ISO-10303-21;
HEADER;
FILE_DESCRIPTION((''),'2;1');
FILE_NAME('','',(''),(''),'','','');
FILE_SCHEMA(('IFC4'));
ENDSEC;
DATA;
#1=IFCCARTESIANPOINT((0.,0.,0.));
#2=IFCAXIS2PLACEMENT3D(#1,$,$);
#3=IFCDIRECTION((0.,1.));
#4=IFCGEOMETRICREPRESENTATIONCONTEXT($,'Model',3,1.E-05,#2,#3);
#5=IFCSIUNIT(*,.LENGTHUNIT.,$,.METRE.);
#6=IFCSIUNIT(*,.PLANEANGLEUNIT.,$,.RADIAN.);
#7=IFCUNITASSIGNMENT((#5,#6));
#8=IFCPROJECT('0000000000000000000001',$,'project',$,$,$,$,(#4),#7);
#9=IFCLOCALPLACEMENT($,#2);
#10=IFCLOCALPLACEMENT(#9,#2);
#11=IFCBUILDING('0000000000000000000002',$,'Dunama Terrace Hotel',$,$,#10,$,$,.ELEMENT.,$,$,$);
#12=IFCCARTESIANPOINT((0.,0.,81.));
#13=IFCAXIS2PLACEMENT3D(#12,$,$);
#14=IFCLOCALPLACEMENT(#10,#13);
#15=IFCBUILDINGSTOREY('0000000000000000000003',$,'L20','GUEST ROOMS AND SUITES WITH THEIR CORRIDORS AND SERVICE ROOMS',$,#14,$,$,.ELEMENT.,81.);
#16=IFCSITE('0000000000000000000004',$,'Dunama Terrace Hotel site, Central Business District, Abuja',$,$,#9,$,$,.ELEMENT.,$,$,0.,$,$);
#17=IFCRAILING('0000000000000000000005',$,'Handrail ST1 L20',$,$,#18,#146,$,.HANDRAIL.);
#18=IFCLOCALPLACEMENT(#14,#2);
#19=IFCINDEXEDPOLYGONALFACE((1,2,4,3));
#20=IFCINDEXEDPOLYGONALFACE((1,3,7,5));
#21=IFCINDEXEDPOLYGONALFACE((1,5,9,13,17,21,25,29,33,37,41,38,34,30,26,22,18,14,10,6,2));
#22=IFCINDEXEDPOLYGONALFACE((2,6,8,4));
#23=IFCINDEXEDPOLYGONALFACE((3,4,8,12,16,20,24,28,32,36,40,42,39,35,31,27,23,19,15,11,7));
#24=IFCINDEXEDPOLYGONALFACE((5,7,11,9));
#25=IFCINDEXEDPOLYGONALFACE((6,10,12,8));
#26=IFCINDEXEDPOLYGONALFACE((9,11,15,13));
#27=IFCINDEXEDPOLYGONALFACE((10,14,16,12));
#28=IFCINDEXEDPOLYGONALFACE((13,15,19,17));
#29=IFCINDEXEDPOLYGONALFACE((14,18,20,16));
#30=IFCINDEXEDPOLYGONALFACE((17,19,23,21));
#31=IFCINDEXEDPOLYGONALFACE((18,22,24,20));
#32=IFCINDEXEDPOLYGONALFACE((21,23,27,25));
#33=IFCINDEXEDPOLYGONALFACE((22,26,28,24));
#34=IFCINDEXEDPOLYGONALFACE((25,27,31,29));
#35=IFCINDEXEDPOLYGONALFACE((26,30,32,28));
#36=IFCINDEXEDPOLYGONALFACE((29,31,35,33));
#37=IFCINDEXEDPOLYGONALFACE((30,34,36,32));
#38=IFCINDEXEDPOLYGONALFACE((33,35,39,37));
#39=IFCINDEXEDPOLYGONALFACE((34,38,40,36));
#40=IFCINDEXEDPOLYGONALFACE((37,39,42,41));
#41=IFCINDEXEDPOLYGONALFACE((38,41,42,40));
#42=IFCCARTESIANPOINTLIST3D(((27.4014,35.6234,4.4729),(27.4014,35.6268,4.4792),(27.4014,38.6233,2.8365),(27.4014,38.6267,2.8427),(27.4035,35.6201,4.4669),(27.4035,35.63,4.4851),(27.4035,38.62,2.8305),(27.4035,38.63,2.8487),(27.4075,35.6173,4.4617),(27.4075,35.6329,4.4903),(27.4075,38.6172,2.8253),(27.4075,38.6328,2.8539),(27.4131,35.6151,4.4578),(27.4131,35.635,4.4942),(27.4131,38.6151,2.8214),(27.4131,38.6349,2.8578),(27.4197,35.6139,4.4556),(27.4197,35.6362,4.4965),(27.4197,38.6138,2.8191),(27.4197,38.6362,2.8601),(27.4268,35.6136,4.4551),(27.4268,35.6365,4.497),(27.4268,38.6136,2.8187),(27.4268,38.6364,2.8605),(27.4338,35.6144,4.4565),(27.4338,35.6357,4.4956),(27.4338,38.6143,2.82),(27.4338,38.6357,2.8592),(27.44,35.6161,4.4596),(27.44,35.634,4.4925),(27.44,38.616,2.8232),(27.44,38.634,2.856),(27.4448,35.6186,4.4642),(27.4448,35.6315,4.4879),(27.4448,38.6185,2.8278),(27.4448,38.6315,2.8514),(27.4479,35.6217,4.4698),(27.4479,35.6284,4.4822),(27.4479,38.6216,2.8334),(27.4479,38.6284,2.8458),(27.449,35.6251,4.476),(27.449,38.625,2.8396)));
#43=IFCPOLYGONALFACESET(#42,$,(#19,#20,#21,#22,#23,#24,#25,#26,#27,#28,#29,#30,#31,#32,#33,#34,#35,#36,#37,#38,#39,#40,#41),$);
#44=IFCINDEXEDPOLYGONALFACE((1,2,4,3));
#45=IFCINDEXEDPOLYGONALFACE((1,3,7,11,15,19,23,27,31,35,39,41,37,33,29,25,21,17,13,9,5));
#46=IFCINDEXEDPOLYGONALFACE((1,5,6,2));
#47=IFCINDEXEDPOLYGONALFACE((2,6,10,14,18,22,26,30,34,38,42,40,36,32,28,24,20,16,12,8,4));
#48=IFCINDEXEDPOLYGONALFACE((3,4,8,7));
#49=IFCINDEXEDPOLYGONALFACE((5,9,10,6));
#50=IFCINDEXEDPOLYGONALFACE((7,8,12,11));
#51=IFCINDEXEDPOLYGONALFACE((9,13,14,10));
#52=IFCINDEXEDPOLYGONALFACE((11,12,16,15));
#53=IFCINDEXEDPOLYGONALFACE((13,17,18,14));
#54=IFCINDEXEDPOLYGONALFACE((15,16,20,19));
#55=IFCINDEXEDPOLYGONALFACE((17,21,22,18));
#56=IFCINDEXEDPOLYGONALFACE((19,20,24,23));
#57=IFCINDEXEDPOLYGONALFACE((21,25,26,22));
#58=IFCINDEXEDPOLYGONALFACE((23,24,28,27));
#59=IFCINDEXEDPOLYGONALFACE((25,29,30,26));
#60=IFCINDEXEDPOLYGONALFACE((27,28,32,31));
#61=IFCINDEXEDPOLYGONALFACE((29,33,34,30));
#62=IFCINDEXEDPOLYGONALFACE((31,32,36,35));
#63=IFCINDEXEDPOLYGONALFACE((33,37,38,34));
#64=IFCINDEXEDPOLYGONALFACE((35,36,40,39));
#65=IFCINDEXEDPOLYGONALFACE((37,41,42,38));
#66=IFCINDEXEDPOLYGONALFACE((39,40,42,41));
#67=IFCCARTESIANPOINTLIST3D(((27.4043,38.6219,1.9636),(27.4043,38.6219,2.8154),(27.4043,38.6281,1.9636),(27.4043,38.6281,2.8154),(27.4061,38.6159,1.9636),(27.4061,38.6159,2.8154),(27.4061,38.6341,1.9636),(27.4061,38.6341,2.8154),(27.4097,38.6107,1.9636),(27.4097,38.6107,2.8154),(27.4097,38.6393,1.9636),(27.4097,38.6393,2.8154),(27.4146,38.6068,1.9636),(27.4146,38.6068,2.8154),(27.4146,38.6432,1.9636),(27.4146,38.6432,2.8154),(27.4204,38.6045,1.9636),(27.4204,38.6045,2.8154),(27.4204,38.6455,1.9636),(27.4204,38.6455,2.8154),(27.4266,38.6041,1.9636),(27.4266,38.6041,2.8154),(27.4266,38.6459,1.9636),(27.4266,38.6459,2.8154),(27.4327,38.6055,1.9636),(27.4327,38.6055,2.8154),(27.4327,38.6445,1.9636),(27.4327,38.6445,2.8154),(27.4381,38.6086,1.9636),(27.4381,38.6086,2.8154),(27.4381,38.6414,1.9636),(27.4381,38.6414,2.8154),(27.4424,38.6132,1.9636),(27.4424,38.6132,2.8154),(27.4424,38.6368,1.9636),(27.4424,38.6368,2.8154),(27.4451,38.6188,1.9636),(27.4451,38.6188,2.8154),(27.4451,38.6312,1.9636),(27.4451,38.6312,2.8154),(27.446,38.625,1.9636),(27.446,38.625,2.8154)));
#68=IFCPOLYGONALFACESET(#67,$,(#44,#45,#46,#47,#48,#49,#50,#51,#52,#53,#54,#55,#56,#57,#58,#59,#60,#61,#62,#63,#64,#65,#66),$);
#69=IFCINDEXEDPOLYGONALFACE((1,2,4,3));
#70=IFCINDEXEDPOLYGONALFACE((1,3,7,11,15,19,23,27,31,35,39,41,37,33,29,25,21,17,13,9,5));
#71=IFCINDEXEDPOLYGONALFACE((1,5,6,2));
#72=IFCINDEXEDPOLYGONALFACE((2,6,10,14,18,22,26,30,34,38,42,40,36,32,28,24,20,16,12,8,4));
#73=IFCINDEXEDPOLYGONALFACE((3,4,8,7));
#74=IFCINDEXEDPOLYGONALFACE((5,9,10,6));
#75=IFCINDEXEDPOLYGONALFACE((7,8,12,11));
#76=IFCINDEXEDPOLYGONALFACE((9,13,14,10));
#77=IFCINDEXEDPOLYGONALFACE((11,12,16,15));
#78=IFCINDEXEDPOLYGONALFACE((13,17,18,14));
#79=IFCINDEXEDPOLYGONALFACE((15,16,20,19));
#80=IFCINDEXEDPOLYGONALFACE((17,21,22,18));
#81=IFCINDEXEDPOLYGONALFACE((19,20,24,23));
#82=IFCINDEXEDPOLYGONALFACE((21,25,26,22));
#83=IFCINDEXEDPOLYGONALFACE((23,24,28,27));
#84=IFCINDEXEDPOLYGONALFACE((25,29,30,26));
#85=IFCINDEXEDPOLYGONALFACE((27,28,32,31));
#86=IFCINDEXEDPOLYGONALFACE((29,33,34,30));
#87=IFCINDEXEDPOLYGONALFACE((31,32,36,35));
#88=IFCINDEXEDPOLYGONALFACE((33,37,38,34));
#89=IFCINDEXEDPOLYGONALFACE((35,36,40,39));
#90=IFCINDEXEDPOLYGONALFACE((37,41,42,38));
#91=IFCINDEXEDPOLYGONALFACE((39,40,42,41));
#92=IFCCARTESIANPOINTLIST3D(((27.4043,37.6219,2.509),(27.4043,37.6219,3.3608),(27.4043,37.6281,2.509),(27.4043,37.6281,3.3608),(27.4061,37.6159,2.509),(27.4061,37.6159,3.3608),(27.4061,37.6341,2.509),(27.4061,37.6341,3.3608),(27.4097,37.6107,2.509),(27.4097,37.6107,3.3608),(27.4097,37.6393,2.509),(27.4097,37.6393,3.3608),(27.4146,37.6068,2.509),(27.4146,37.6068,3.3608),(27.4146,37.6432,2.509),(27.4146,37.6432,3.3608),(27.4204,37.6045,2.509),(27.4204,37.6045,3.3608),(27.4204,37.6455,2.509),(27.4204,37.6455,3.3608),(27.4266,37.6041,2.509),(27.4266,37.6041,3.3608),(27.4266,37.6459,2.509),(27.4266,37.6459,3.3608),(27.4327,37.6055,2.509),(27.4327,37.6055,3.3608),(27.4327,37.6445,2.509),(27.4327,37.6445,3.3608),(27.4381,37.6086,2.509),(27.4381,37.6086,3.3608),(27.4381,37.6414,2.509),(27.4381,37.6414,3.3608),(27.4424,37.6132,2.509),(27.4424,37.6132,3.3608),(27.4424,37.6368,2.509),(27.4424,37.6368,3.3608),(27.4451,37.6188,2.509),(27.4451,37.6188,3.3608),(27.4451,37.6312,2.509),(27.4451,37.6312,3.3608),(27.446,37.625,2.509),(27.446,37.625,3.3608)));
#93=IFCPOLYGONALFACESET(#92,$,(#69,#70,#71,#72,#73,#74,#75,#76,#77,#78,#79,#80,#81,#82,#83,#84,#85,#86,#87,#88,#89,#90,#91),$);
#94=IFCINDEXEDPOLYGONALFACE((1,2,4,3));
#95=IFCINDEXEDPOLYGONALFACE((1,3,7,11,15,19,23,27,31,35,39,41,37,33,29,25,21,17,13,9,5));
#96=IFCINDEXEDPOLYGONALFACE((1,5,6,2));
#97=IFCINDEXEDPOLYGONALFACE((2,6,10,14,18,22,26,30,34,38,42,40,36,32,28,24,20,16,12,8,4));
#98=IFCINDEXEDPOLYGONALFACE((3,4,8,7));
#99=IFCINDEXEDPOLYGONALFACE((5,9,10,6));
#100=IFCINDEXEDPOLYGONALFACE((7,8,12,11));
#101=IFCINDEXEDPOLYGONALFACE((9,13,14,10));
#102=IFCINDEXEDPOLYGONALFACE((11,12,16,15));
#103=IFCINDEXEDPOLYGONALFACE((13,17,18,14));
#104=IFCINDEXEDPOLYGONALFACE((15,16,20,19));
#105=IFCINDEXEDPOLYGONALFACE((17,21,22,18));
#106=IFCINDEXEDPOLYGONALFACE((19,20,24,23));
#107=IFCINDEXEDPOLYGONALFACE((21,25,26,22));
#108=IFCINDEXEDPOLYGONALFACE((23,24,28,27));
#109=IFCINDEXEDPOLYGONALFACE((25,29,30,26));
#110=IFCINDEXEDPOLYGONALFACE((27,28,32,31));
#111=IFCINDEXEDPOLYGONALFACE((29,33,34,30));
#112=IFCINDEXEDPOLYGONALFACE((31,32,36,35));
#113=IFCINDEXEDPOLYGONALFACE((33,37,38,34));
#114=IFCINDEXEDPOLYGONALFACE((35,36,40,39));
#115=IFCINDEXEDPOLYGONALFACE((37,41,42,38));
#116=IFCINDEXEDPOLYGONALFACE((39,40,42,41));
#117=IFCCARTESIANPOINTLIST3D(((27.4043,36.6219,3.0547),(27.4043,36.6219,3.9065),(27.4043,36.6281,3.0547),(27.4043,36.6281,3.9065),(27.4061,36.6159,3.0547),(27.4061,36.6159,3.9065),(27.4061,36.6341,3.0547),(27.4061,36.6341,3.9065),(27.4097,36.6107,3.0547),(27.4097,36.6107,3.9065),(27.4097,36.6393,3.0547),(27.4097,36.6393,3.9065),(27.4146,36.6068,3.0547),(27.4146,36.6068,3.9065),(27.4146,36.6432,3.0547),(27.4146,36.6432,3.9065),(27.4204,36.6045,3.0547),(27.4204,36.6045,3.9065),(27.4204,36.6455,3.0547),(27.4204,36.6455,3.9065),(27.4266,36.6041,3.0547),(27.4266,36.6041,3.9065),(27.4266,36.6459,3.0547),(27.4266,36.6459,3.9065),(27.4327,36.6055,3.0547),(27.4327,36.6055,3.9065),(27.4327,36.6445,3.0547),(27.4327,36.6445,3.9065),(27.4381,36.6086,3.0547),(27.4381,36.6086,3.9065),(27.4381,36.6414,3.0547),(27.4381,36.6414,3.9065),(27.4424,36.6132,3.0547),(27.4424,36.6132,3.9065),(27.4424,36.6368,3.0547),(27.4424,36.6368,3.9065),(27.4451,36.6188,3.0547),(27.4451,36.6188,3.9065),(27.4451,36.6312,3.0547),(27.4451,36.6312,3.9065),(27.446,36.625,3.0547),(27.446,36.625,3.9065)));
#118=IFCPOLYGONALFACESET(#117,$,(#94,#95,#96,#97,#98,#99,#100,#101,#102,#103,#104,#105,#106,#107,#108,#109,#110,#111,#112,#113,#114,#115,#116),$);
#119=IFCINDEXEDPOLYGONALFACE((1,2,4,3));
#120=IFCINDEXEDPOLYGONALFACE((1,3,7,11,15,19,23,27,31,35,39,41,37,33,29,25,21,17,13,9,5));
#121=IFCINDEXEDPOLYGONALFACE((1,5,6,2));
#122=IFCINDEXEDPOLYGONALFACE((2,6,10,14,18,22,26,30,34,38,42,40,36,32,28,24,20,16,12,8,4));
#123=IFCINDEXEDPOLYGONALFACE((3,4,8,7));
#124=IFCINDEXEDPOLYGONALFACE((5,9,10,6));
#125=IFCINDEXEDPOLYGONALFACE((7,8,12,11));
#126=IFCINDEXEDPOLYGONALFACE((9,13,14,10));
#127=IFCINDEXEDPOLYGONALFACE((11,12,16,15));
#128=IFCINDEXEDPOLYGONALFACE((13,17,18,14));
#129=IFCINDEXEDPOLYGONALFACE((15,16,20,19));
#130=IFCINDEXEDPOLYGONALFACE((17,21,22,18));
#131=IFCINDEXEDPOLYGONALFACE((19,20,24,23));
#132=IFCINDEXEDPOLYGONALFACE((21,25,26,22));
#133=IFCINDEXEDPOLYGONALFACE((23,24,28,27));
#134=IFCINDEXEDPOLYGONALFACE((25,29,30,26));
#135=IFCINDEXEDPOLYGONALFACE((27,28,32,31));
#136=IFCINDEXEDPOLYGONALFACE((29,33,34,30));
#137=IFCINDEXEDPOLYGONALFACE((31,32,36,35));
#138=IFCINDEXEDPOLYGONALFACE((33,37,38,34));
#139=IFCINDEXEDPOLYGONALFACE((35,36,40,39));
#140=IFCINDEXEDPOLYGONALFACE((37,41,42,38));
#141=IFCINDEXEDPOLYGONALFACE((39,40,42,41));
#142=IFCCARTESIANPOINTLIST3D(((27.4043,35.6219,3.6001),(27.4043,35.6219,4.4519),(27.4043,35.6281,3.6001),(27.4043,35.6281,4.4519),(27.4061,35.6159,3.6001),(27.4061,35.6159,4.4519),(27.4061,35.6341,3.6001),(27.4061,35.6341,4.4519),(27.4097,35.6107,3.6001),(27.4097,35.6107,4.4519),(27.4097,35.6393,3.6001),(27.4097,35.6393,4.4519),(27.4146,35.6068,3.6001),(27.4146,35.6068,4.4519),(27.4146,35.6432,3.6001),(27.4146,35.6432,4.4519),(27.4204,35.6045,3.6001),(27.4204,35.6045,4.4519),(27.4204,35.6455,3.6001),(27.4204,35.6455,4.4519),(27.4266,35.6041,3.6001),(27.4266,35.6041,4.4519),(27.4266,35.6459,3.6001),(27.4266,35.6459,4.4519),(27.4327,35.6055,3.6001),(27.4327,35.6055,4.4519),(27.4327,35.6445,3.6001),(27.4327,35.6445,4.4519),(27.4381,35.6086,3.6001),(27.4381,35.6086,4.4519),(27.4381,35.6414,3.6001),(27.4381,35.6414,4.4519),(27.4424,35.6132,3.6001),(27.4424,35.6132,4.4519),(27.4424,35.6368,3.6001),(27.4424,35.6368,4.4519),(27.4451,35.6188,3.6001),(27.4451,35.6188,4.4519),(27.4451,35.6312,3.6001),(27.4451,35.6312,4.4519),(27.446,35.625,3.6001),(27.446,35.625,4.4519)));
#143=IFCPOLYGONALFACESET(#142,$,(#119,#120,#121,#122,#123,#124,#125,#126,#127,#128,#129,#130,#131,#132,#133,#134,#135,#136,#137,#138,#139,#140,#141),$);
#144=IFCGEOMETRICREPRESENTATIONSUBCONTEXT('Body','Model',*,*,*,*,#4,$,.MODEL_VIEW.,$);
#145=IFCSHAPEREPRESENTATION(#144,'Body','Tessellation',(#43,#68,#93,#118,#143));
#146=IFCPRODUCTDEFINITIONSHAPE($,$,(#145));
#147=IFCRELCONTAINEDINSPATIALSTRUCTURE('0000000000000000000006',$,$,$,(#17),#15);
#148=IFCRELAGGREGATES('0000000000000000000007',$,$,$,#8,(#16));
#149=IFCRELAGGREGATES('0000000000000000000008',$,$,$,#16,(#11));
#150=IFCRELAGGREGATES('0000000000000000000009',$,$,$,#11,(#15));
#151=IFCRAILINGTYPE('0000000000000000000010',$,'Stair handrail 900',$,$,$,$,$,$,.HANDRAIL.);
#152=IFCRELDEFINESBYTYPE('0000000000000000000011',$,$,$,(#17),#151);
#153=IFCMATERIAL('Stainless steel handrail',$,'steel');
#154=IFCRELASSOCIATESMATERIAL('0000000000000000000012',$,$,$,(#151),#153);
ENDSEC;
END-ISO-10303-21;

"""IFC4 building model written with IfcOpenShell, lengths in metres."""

from ifc_helpers import new_model, si_unit, direction, frame, origin, origin_2d, place, context, subcontext, project, spatial, circle, extrude, material, type_object, element, save


model = new_model("IFC4")

# Units and contexts
model_context = context("Model", 3, precision=1e-05, world=origin(), true_north=direction((0.0, 1.0)))
body_context = subcontext(model_context, "Body", "Model", "MODEL_VIEW")
ifc_project = project(units=[si_unit("LENGTHUNIT", "METRE"), si_unit("PLANEANGLEUNIT", "RADIAN")], contexts=[model_context])

# Site, building, storey
site_placement = place(None, origin())
site = spatial("IfcSite", under=ifc_project, at=site_placement, Name="Dunama Terrace Hotel site, Central Business District, Abuja", CompositionType="ELEMENT", RefElevation=0.0)
building_placement = place(site_placement, origin())
building = spatial("IfcBuilding", under=site, at=building_placement, Name="Dunama Terrace Hotel", CompositionType="ELEMENT")
storey_placement = place(building_placement, frame((0.0, 0.0, 81.0)))
storey = spatial("IfcBuildingStorey", under=building, at=storey_placement, Name="L20", Description="GUEST ROOMS AND SUITES WITH THEIR CORRIDORS AND SERVICE ROOMS", CompositionType="ELEMENT", Elevation=81.0)

# Railing
ifc_material_1 = material(Name="Stainless steel handrail", Category="steel")
railing_type = type_object("IfcRailingType", Name="Stair handrail 900", PredefinedType="HANDRAIL", material=ifc_material_1)
railing_1_placement = place(storey_placement, frame((27.425, 38.625, 1.9636)))
element("IfcRailing", 1, at=railing_1_placement, inside=storey, type_object=railing_type, Name="Handrail ST1 L20", PredefinedType="HANDRAIL", context=body_context, shape_type="SweptSolid", body=[
    extrude(circle(Radius=0.0239, at=origin_2d()), frame((0.0, 0.0, 0.876), z_axis=(0.0, -0.877882, 0.478877), x_axis=(1.0, 0.0, 0.0)), (0.0, 0.0, 1.0), 3.4172),
    extrude(circle(Radius=0.021, at=origin_2d()), origin(), (0.0, 0.0, 1.0), 0.8518),
    extrude(circle(Radius=0.021, at=origin_2d()), frame((0.0, -1.0, 0.5454)), (0.0, 0.0, 1.0), 0.8518),
    extrude(circle(Radius=0.021, at=origin_2d()), frame((0.0, -2.0, 1.0911)), (0.0, 0.0, 1.0), 0.8518),
    extrude(circle(Radius=0.021, at=origin_2d()), frame((0.0, -3.0, 1.6365)), (0.0, 0.0, 1.0), 0.8518),
])

save(model, "model.ifc")
